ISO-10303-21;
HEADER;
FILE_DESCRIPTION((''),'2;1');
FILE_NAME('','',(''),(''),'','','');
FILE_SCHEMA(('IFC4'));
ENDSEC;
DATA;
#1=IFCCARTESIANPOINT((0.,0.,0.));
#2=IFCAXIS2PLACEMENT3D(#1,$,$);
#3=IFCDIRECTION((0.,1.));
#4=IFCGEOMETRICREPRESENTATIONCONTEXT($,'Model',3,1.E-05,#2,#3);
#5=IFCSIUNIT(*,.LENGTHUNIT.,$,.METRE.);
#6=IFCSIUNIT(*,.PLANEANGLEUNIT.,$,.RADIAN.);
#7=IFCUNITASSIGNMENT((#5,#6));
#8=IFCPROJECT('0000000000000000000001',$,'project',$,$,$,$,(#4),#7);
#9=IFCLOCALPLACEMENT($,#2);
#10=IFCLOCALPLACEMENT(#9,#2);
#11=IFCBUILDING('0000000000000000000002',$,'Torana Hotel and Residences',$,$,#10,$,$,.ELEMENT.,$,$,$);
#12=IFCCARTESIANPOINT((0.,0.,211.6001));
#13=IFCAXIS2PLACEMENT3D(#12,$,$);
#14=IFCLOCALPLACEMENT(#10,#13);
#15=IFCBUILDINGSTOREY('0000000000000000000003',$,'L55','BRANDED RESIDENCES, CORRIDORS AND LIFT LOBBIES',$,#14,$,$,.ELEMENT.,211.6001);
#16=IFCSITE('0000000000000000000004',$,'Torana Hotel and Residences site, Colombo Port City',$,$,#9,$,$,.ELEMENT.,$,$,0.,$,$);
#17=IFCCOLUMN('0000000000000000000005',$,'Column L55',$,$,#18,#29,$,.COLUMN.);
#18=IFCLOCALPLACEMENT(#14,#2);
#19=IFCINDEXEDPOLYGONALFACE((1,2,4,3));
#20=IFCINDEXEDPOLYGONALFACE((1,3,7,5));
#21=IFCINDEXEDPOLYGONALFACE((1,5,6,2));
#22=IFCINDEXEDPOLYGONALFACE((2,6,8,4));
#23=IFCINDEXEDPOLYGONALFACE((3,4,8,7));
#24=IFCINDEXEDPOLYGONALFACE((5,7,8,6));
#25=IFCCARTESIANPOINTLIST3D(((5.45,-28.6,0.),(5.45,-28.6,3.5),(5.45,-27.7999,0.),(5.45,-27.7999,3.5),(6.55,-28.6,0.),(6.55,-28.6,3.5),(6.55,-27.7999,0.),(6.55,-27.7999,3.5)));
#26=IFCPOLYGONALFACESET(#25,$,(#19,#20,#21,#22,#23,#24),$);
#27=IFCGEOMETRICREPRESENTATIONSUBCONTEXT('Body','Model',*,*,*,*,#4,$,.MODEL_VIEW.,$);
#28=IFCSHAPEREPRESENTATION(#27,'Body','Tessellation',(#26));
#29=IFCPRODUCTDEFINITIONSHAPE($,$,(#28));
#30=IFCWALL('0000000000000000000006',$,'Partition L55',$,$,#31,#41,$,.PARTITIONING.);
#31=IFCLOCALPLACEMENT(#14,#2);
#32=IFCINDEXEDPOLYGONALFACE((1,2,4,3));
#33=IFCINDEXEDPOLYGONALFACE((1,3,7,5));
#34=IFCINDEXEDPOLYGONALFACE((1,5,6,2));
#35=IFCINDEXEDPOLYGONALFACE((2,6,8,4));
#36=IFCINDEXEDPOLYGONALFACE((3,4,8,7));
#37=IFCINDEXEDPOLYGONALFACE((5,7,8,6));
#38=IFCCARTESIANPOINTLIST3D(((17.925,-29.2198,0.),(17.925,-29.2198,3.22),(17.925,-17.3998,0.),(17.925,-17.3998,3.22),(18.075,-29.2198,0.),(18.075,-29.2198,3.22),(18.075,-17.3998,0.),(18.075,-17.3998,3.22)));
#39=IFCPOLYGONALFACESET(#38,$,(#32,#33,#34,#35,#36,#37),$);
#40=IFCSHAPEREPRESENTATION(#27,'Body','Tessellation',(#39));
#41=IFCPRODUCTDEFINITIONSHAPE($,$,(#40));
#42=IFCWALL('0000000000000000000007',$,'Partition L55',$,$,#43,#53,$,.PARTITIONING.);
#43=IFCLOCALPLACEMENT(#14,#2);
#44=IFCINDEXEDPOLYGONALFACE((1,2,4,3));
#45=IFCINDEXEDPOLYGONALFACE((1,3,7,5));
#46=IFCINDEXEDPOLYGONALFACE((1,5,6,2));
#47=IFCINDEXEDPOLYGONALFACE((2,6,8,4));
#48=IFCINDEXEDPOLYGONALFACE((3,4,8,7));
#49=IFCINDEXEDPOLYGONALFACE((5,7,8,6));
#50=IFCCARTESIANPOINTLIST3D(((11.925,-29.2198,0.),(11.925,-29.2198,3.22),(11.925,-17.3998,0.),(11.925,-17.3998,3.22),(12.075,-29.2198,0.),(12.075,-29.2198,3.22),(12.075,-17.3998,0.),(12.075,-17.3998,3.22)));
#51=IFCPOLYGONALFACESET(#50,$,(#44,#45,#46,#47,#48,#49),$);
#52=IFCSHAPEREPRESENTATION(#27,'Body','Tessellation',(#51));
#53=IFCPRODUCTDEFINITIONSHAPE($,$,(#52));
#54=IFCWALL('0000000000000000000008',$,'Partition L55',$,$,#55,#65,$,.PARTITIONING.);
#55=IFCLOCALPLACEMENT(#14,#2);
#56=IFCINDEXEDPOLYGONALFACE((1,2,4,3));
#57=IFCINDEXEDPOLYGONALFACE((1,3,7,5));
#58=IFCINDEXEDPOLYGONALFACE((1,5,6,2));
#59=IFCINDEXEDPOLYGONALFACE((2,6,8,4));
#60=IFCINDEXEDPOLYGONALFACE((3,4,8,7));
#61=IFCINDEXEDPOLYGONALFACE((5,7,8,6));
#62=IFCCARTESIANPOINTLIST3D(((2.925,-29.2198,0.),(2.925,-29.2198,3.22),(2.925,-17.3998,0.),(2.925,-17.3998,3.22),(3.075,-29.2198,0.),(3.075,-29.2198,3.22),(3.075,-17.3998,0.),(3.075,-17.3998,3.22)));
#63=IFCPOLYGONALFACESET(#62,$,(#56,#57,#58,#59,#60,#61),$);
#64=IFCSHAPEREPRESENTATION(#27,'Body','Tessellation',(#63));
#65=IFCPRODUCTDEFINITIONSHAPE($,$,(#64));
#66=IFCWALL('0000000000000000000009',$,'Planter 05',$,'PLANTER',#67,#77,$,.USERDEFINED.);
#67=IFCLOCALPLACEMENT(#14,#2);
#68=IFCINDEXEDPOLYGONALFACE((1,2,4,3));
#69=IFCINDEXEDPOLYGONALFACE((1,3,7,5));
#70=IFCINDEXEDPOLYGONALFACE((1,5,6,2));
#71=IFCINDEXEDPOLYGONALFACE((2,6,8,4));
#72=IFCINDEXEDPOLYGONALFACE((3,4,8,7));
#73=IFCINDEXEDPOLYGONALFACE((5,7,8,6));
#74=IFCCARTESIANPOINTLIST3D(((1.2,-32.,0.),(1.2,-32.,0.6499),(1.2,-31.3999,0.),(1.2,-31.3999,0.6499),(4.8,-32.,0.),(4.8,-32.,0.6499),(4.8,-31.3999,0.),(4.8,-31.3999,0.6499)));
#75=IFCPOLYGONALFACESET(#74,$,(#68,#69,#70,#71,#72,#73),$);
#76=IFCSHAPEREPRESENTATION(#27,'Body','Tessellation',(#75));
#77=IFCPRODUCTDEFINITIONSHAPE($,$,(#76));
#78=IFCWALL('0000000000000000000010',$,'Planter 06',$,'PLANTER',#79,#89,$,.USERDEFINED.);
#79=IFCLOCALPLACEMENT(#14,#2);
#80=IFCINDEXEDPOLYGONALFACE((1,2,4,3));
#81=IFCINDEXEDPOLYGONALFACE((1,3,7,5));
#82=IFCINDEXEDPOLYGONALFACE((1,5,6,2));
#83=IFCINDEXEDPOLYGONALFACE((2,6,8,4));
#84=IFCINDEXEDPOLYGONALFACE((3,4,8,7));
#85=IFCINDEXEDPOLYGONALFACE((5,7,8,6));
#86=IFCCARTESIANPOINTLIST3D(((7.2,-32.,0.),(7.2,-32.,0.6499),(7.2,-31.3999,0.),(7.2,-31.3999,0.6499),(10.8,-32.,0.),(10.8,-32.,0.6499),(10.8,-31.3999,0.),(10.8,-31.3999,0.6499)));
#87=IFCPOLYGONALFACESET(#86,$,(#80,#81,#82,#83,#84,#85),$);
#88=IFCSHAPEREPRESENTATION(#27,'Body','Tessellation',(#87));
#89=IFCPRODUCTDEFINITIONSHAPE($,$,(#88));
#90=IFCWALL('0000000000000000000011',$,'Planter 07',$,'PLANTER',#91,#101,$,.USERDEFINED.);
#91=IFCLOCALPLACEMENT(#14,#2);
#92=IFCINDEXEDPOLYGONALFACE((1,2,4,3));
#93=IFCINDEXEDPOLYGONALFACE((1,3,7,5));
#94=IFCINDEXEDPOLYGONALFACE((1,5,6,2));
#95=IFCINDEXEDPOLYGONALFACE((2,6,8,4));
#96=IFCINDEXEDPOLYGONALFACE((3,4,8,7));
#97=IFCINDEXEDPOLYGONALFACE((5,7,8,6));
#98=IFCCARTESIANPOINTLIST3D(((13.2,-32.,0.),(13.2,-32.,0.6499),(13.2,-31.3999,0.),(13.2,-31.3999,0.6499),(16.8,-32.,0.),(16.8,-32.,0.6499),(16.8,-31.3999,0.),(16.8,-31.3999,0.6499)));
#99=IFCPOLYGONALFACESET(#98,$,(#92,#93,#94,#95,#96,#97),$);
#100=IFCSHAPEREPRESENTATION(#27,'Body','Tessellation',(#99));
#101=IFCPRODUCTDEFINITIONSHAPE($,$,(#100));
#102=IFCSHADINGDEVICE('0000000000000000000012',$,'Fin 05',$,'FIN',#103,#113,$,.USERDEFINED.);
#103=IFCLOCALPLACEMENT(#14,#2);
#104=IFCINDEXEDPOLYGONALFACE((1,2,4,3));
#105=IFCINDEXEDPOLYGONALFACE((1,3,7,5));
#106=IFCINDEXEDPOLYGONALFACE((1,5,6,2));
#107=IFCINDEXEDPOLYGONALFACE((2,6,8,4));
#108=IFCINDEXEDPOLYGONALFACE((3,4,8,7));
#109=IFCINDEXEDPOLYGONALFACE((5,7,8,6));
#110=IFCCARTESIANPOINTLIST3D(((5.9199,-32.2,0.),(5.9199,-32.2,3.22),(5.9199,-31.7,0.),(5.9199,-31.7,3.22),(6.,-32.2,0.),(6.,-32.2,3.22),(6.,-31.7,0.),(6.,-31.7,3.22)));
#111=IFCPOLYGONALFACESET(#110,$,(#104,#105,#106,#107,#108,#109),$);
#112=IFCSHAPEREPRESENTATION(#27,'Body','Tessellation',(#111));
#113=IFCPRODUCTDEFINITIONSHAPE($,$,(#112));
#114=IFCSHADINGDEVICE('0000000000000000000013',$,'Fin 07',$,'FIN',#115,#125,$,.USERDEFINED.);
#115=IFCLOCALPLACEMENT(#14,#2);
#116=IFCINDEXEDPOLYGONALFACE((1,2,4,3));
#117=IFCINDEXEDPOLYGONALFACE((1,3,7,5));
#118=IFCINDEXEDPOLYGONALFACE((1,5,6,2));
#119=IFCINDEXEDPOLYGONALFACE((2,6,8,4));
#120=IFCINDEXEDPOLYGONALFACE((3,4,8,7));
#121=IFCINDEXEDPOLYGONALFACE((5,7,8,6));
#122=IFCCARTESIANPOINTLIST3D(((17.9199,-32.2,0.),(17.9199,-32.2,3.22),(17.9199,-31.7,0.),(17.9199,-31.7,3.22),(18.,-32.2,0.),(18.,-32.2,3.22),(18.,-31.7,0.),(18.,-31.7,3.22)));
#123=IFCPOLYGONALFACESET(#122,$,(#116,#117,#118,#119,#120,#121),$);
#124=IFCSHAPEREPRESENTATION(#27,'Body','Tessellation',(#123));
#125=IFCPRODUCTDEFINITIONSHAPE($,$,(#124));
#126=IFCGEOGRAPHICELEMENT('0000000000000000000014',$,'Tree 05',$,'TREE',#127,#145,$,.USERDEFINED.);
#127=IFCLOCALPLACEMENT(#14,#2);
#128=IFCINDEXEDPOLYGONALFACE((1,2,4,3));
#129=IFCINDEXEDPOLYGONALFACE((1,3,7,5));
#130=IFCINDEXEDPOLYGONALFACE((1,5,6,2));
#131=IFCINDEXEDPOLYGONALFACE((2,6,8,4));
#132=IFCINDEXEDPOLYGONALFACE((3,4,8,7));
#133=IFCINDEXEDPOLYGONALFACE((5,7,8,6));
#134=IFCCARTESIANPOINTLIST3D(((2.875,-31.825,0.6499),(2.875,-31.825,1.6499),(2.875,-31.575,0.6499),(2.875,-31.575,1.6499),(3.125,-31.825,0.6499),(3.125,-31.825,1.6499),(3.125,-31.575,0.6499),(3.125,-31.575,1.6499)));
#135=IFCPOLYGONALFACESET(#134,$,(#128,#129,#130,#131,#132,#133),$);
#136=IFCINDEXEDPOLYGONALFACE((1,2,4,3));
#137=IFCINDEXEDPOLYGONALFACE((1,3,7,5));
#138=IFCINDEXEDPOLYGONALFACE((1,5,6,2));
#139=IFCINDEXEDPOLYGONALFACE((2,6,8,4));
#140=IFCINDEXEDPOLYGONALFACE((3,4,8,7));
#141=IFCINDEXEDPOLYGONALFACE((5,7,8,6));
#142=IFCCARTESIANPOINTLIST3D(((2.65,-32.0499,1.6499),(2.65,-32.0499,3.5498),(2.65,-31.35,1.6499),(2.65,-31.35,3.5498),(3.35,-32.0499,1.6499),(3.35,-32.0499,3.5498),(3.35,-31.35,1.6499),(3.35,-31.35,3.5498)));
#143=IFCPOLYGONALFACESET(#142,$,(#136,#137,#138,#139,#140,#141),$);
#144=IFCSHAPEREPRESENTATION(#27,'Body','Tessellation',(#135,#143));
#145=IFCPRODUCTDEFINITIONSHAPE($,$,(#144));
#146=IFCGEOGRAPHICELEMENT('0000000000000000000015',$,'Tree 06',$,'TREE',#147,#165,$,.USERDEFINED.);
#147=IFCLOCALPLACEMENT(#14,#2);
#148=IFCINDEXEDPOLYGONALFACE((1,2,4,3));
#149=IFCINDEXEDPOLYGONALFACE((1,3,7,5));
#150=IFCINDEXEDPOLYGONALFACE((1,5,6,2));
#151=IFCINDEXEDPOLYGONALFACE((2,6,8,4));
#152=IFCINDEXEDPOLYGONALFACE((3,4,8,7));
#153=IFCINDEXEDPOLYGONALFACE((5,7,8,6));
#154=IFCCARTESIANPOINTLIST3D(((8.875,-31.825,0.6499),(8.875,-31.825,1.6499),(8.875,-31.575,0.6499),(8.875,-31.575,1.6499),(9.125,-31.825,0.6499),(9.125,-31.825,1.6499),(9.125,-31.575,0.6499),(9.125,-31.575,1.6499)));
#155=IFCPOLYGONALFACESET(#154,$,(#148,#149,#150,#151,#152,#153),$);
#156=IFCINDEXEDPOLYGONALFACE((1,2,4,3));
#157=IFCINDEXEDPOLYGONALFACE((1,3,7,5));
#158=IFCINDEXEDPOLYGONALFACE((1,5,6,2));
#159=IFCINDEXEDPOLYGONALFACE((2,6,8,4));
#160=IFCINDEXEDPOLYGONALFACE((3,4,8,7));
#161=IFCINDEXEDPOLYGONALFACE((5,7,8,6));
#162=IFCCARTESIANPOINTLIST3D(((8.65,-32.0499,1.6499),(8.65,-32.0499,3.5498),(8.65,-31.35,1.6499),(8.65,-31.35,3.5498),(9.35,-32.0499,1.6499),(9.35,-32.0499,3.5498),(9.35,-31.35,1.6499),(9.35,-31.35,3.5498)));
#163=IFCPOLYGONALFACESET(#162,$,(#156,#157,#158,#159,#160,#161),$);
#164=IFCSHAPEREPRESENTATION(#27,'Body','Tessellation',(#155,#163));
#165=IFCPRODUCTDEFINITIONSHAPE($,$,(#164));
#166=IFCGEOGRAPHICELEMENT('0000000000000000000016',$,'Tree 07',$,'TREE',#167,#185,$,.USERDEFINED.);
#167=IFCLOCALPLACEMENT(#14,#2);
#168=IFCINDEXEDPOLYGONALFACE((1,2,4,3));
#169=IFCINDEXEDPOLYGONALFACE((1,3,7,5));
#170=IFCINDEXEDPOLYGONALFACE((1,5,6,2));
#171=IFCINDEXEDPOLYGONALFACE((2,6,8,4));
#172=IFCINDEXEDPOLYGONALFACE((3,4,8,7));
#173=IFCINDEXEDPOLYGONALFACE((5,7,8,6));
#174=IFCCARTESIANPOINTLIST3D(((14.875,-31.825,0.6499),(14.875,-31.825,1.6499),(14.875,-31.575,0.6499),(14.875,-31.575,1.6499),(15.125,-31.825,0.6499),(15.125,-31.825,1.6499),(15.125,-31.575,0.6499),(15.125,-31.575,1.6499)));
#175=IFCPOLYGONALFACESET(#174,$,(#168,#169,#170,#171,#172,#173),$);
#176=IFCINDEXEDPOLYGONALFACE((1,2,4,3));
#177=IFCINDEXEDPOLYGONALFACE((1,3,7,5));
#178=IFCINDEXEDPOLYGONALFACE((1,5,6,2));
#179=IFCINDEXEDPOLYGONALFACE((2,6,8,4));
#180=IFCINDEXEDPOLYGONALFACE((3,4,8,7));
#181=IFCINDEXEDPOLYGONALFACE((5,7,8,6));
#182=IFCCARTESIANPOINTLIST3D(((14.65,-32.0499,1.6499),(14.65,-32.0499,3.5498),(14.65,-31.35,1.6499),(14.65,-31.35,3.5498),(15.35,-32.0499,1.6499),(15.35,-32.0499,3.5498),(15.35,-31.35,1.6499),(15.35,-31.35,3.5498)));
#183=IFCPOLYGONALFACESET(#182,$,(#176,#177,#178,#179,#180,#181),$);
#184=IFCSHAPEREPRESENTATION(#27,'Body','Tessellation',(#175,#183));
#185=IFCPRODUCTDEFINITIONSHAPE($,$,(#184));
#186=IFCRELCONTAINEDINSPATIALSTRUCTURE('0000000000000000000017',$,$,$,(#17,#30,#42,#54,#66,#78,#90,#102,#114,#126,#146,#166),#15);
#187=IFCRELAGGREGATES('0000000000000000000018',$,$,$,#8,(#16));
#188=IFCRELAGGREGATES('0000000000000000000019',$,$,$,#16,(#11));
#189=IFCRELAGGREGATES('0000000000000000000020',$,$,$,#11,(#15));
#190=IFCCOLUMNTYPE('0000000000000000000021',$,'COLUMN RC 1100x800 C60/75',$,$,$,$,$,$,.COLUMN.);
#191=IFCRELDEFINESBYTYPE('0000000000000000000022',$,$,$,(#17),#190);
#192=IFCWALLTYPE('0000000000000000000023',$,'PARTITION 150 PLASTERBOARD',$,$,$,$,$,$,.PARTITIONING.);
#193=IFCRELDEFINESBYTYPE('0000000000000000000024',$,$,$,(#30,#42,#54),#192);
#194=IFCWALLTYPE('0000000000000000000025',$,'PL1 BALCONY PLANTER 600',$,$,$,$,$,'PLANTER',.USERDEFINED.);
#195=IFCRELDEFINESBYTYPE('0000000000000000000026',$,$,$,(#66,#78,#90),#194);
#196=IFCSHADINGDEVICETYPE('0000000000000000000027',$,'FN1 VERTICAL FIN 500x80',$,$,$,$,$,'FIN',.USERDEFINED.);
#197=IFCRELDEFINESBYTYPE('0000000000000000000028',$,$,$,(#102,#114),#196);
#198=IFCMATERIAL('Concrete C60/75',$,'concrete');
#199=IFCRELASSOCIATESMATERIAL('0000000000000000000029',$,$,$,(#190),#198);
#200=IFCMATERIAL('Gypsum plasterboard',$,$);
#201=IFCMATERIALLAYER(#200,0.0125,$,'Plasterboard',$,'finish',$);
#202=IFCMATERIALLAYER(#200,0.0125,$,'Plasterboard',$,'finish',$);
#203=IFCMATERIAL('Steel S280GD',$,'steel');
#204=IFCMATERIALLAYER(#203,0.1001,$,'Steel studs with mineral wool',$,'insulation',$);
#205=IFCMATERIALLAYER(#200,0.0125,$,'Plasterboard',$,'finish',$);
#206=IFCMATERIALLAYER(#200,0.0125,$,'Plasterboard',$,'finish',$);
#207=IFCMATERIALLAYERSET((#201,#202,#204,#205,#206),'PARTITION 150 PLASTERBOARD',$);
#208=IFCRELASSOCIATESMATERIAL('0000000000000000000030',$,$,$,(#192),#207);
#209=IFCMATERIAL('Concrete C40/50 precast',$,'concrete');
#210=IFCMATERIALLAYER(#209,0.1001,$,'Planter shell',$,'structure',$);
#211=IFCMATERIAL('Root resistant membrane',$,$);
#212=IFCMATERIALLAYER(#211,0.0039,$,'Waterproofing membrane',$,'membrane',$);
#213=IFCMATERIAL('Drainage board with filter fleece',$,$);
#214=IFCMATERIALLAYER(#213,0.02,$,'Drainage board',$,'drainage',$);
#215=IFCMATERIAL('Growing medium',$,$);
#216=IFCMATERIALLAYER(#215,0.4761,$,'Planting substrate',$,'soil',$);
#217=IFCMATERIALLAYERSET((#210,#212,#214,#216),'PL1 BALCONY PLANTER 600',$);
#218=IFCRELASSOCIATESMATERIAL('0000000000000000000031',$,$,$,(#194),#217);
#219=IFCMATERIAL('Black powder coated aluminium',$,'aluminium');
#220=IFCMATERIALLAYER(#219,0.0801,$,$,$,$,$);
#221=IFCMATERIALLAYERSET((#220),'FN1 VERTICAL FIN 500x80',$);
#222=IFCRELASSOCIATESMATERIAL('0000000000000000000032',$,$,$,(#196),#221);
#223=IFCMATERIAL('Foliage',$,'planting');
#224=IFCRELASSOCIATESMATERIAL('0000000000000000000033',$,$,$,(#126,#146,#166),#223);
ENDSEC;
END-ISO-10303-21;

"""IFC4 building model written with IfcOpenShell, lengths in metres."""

from ifc_helpers import new_model, si_unit, direction, frame, frame_2d, origin, origin_2d, place, context, subcontext, project, spatial, rectangle, extrude, material, layer, layer_set, material_profile, profile_set, type_object, element, save


model = new_model("IFC4")

# Units and contexts
model_context = context("Model", 3, precision=1e-05, world=origin(), true_north=direction((0.0, 1.0)))
body_context = subcontext(model_context, "Body", "Model", "MODEL_VIEW")
ifc_project = project(units=[si_unit("LENGTHUNIT", "METRE"), si_unit("PLANEANGLEUNIT", "RADIAN")], contexts=[model_context])

# Site, building, storey
site_placement = place(None, origin())
site = spatial("IfcSite", under=ifc_project, at=site_placement, Name="Torana Hotel and Residences site, Colombo Port City", CompositionType="ELEMENT", RefElevation=0.0)
building_placement = place(site_placement, origin())
building = spatial("IfcBuilding", under=site, at=building_placement, Name="Torana Hotel and Residences", CompositionType="ELEMENT")
storey_placement = place(building_placement, frame((0.0, 0.0, 211.6001)))
storey = spatial("IfcBuildingStorey", under=building, at=storey_placement, Name="L55", Description="BRANDED RESIDENCES, CORRIDORS AND LIFT LOBBIES", CompositionType="ELEMENT", Elevation=211.6001)

# Column
ifc_material_1 = material(Name="Concrete C60/75", Category="concrete")
ifc_material_profile = material_profile(ifc_material_1, rectangle(XDim=1.1001, YDim=0.8, at=origin_2d()), Name="RC 1100x800")
ifc_profile_set = profile_set([ifc_material_profile], Name="Concrete C60/75")
column_type = type_object("IfcColumnType", Name="COLUMN RC 1100x800 C60/75", PredefinedType="COLUMN", material=ifc_profile_set)
column_placement = place(storey_placement, frame((6.0, -28.2, 0.0), z_axis=(0.0, 0.0, 1.0), x_axis=(1.0, 0.0, 0.0)))
element("IfcColumn", 1, at=column_placement, inside=storey, type_object=column_type, Name="Column L55", PredefinedType="COLUMN", context=body_context, shape_type="SweptSolid", body=[
    extrude(rectangle(XDim=1.1001, YDim=0.8, at=origin_2d()), origin(), (0.0, 0.0, 1.0), 3.5),
])

# Walls
ifc_material_2 = material(Name="Gypsum plasterboard")
ifc_layer_1 = layer(ifc_material_2, 0.0125, Name="Plasterboard", Category="finish")
ifc_layer_2 = layer(ifc_material_2, 0.0125, Name="Plasterboard", Category="finish")
ifc_material_3 = material(Name="Steel S280GD", Category="steel")
ifc_layer_3 = layer(ifc_material_3, 0.1001, Name="Steel studs with mineral wool", Category="insulation")
ifc_layer_4 = layer(ifc_material_2, 0.0125, Name="Plasterboard", Category="finish")
ifc_layer_5 = layer(ifc_material_2, 0.0125, Name="Plasterboard", Category="finish")
ifc_layer_set_1 = layer_set([ifc_layer_1, ifc_layer_2, ifc_layer_3, ifc_layer_4, ifc_layer_5], Name="PARTITION 150 PLASTERBOARD")
wall_type_1 = type_object("IfcWallType", Name="PARTITION 150 PLASTERBOARD", PredefinedType="PARTITIONING", material=ifc_layer_set_1)
for number, where, z_axis, x_axis, name in (
    (2, (18.0, -29.22, 0.0), (0.0, 0.0, 1.0), (0.0, 1.0, 0.0), "Partition L55"),
    (3, (12.0, -29.22, 0.0), (0.0, 0.0, 1.0), (0.0, 1.0, 0.0), "Partition L55"),
    (4, (3.0, -29.22, 0.0), (0.0, 0.0, 1.0), (0.0, 1.0, 0.0), "Partition L55"),
):
    element("IfcWall", number, at=place(storey_placement, frame(where, z_axis=z_axis, x_axis=x_axis)), inside=storey, type_object=wall_type_1, Name=name, PredefinedType="PARTITIONING", context=body_context, shape_type="SweptSolid", body=[
        extrude(rectangle(XDim=11.8201, YDim=0.1499, at=frame_2d((5.9102, 0.0))), origin(), (0.0, 0.0, 1.0), 3.22),
    ])
ifc_material_4 = material(Name="Concrete C40/50 precast", Category="concrete")
ifc_layer_6 = layer(ifc_material_4, 0.1001, Name="Planter shell", Category="structure")
ifc_material_5 = material(Name="Root resistant membrane")
ifc_layer_7 = layer(ifc_material_5, 0.0039, Name="Waterproofing membrane", Category="membrane")
ifc_material_6 = material(Name="Drainage board with filter fleece")
ifc_layer_8 = layer(ifc_material_6, 0.02, Name="Drainage board", Category="drainage")
ifc_material_7 = material(Name="Growing medium")
ifc_layer_9 = layer(ifc_material_7, 0.4761, Name="Planting substrate", Category="soil")
ifc_layer_set_2 = layer_set([ifc_layer_6, ifc_layer_7, ifc_layer_8, ifc_layer_9], Name="PL1 BALCONY PLANTER 600")
wall_type_2 = type_object("IfcWallType", Name="PL1 BALCONY PLANTER 600", ElementType="PLANTER", PredefinedType="USERDEFINED", material=ifc_layer_set_2)
for number, where, z_axis, x_axis, name in (
    (5, (4.8, -31.7, 0.0), (0.0, 0.0, 1.0), (-1.0, 0.0, 0.0), "Planter 05"),
    (6, (10.8, -31.7, 0.0), (0.0, 0.0, 1.0), (-1.0, 0.0, 0.0), "Planter 06"),
    (7, (16.8, -31.7, 0.0), (0.0, 0.0, 1.0), (-1.0, 0.0, 0.0), "Planter 07"),
):
    element("IfcWall", number, at=place(storey_placement, frame(where, z_axis=z_axis, x_axis=x_axis)), inside=storey, type_object=wall_type_2, Name=name, ObjectType="PLANTER", PredefinedType="USERDEFINED", context=body_context, shape_type="SweptSolid", body=[
        extrude(rectangle(XDim=3.6001, YDim=0.6001, at=frame_2d((1.8, 0.0))), origin(), (0.0, 0.0, 1.0), 0.6499),
    ])

# Shading devices
ifc_material_8 = material(Name="Black powder coated aluminium", Category="aluminium")
ifc_layer_10 = layer(ifc_material_8, 0.0801)
ifc_layer_set_3 = layer_set([ifc_layer_10], Name="FN1 VERTICAL FIN 500x80")
shading_device_type = type_object("IfcShadingDeviceType", Name="FN1 VERTICAL FIN 500x80", ElementType="FIN", PredefinedType="USERDEFINED", material=ifc_layer_set_3)
for number, where, z_axis, x_axis, name in (
    (8, (5.96, -31.95, 0.0), (0.0, 0.0, 1.0), (-1.0, 0.0, 0.0), "Fin 05"),
    (9, (17.96, -31.95, 0.0), (0.0, 0.0, 1.0), (-1.0, 0.0, 0.0), "Fin 07"),
):
    element("IfcShadingDevice", number, at=place(storey_placement, frame(where, z_axis=z_axis, x_axis=x_axis)), inside=storey, type_object=shading_device_type, Name=name, ObjectType="FIN", PredefinedType="USERDEFINED", context=body_context, shape_type="SweptSolid", body=[
        extrude(rectangle(XDim=0.0801, YDim=0.5, at=origin_2d()), origin(), (0.0, 0.0, 1.0), 3.22),
    ])

# Geographic elements
ifc_material_9 = material(Name="Foliage", Category="planting")
for number, where, z_axis, x_axis, name in (
    (10, (3.0, -31.7, 0.6499), (0.0, 0.0, 1.0), (1.0, 0.0, 0.0), "Tree 05"),
    (11, (9.0, -31.7, 0.6499), (0.0, 0.0, 1.0), (1.0, 0.0, 0.0), "Tree 06"),
    (12, (15.0, -31.7, 0.6499), (0.0, 0.0, 1.0), (1.0, 0.0, 0.0), "Tree 07"),
):
    element("IfcGeographicElement", number, at=place(storey_placement, frame(where, z_axis=z_axis, x_axis=x_axis)), inside=storey, material=ifc_material_9, Name=name, ObjectType="TREE", PredefinedType="USERDEFINED", context=body_context, shape_type="SweptSolid", body=[
        extrude(rectangle(XDim=0.25, YDim=0.25, at=origin_2d()), origin(), (0.0, 0.0, 1.0), 1.0),
        extrude(rectangle(XDim=0.7, YDim=0.7, at=origin_2d()), frame((0.0, 0.0, 1.0)), (0.0, 0.0, 1.0), 1.8999),
    ])

save(model, "model.ifc")
